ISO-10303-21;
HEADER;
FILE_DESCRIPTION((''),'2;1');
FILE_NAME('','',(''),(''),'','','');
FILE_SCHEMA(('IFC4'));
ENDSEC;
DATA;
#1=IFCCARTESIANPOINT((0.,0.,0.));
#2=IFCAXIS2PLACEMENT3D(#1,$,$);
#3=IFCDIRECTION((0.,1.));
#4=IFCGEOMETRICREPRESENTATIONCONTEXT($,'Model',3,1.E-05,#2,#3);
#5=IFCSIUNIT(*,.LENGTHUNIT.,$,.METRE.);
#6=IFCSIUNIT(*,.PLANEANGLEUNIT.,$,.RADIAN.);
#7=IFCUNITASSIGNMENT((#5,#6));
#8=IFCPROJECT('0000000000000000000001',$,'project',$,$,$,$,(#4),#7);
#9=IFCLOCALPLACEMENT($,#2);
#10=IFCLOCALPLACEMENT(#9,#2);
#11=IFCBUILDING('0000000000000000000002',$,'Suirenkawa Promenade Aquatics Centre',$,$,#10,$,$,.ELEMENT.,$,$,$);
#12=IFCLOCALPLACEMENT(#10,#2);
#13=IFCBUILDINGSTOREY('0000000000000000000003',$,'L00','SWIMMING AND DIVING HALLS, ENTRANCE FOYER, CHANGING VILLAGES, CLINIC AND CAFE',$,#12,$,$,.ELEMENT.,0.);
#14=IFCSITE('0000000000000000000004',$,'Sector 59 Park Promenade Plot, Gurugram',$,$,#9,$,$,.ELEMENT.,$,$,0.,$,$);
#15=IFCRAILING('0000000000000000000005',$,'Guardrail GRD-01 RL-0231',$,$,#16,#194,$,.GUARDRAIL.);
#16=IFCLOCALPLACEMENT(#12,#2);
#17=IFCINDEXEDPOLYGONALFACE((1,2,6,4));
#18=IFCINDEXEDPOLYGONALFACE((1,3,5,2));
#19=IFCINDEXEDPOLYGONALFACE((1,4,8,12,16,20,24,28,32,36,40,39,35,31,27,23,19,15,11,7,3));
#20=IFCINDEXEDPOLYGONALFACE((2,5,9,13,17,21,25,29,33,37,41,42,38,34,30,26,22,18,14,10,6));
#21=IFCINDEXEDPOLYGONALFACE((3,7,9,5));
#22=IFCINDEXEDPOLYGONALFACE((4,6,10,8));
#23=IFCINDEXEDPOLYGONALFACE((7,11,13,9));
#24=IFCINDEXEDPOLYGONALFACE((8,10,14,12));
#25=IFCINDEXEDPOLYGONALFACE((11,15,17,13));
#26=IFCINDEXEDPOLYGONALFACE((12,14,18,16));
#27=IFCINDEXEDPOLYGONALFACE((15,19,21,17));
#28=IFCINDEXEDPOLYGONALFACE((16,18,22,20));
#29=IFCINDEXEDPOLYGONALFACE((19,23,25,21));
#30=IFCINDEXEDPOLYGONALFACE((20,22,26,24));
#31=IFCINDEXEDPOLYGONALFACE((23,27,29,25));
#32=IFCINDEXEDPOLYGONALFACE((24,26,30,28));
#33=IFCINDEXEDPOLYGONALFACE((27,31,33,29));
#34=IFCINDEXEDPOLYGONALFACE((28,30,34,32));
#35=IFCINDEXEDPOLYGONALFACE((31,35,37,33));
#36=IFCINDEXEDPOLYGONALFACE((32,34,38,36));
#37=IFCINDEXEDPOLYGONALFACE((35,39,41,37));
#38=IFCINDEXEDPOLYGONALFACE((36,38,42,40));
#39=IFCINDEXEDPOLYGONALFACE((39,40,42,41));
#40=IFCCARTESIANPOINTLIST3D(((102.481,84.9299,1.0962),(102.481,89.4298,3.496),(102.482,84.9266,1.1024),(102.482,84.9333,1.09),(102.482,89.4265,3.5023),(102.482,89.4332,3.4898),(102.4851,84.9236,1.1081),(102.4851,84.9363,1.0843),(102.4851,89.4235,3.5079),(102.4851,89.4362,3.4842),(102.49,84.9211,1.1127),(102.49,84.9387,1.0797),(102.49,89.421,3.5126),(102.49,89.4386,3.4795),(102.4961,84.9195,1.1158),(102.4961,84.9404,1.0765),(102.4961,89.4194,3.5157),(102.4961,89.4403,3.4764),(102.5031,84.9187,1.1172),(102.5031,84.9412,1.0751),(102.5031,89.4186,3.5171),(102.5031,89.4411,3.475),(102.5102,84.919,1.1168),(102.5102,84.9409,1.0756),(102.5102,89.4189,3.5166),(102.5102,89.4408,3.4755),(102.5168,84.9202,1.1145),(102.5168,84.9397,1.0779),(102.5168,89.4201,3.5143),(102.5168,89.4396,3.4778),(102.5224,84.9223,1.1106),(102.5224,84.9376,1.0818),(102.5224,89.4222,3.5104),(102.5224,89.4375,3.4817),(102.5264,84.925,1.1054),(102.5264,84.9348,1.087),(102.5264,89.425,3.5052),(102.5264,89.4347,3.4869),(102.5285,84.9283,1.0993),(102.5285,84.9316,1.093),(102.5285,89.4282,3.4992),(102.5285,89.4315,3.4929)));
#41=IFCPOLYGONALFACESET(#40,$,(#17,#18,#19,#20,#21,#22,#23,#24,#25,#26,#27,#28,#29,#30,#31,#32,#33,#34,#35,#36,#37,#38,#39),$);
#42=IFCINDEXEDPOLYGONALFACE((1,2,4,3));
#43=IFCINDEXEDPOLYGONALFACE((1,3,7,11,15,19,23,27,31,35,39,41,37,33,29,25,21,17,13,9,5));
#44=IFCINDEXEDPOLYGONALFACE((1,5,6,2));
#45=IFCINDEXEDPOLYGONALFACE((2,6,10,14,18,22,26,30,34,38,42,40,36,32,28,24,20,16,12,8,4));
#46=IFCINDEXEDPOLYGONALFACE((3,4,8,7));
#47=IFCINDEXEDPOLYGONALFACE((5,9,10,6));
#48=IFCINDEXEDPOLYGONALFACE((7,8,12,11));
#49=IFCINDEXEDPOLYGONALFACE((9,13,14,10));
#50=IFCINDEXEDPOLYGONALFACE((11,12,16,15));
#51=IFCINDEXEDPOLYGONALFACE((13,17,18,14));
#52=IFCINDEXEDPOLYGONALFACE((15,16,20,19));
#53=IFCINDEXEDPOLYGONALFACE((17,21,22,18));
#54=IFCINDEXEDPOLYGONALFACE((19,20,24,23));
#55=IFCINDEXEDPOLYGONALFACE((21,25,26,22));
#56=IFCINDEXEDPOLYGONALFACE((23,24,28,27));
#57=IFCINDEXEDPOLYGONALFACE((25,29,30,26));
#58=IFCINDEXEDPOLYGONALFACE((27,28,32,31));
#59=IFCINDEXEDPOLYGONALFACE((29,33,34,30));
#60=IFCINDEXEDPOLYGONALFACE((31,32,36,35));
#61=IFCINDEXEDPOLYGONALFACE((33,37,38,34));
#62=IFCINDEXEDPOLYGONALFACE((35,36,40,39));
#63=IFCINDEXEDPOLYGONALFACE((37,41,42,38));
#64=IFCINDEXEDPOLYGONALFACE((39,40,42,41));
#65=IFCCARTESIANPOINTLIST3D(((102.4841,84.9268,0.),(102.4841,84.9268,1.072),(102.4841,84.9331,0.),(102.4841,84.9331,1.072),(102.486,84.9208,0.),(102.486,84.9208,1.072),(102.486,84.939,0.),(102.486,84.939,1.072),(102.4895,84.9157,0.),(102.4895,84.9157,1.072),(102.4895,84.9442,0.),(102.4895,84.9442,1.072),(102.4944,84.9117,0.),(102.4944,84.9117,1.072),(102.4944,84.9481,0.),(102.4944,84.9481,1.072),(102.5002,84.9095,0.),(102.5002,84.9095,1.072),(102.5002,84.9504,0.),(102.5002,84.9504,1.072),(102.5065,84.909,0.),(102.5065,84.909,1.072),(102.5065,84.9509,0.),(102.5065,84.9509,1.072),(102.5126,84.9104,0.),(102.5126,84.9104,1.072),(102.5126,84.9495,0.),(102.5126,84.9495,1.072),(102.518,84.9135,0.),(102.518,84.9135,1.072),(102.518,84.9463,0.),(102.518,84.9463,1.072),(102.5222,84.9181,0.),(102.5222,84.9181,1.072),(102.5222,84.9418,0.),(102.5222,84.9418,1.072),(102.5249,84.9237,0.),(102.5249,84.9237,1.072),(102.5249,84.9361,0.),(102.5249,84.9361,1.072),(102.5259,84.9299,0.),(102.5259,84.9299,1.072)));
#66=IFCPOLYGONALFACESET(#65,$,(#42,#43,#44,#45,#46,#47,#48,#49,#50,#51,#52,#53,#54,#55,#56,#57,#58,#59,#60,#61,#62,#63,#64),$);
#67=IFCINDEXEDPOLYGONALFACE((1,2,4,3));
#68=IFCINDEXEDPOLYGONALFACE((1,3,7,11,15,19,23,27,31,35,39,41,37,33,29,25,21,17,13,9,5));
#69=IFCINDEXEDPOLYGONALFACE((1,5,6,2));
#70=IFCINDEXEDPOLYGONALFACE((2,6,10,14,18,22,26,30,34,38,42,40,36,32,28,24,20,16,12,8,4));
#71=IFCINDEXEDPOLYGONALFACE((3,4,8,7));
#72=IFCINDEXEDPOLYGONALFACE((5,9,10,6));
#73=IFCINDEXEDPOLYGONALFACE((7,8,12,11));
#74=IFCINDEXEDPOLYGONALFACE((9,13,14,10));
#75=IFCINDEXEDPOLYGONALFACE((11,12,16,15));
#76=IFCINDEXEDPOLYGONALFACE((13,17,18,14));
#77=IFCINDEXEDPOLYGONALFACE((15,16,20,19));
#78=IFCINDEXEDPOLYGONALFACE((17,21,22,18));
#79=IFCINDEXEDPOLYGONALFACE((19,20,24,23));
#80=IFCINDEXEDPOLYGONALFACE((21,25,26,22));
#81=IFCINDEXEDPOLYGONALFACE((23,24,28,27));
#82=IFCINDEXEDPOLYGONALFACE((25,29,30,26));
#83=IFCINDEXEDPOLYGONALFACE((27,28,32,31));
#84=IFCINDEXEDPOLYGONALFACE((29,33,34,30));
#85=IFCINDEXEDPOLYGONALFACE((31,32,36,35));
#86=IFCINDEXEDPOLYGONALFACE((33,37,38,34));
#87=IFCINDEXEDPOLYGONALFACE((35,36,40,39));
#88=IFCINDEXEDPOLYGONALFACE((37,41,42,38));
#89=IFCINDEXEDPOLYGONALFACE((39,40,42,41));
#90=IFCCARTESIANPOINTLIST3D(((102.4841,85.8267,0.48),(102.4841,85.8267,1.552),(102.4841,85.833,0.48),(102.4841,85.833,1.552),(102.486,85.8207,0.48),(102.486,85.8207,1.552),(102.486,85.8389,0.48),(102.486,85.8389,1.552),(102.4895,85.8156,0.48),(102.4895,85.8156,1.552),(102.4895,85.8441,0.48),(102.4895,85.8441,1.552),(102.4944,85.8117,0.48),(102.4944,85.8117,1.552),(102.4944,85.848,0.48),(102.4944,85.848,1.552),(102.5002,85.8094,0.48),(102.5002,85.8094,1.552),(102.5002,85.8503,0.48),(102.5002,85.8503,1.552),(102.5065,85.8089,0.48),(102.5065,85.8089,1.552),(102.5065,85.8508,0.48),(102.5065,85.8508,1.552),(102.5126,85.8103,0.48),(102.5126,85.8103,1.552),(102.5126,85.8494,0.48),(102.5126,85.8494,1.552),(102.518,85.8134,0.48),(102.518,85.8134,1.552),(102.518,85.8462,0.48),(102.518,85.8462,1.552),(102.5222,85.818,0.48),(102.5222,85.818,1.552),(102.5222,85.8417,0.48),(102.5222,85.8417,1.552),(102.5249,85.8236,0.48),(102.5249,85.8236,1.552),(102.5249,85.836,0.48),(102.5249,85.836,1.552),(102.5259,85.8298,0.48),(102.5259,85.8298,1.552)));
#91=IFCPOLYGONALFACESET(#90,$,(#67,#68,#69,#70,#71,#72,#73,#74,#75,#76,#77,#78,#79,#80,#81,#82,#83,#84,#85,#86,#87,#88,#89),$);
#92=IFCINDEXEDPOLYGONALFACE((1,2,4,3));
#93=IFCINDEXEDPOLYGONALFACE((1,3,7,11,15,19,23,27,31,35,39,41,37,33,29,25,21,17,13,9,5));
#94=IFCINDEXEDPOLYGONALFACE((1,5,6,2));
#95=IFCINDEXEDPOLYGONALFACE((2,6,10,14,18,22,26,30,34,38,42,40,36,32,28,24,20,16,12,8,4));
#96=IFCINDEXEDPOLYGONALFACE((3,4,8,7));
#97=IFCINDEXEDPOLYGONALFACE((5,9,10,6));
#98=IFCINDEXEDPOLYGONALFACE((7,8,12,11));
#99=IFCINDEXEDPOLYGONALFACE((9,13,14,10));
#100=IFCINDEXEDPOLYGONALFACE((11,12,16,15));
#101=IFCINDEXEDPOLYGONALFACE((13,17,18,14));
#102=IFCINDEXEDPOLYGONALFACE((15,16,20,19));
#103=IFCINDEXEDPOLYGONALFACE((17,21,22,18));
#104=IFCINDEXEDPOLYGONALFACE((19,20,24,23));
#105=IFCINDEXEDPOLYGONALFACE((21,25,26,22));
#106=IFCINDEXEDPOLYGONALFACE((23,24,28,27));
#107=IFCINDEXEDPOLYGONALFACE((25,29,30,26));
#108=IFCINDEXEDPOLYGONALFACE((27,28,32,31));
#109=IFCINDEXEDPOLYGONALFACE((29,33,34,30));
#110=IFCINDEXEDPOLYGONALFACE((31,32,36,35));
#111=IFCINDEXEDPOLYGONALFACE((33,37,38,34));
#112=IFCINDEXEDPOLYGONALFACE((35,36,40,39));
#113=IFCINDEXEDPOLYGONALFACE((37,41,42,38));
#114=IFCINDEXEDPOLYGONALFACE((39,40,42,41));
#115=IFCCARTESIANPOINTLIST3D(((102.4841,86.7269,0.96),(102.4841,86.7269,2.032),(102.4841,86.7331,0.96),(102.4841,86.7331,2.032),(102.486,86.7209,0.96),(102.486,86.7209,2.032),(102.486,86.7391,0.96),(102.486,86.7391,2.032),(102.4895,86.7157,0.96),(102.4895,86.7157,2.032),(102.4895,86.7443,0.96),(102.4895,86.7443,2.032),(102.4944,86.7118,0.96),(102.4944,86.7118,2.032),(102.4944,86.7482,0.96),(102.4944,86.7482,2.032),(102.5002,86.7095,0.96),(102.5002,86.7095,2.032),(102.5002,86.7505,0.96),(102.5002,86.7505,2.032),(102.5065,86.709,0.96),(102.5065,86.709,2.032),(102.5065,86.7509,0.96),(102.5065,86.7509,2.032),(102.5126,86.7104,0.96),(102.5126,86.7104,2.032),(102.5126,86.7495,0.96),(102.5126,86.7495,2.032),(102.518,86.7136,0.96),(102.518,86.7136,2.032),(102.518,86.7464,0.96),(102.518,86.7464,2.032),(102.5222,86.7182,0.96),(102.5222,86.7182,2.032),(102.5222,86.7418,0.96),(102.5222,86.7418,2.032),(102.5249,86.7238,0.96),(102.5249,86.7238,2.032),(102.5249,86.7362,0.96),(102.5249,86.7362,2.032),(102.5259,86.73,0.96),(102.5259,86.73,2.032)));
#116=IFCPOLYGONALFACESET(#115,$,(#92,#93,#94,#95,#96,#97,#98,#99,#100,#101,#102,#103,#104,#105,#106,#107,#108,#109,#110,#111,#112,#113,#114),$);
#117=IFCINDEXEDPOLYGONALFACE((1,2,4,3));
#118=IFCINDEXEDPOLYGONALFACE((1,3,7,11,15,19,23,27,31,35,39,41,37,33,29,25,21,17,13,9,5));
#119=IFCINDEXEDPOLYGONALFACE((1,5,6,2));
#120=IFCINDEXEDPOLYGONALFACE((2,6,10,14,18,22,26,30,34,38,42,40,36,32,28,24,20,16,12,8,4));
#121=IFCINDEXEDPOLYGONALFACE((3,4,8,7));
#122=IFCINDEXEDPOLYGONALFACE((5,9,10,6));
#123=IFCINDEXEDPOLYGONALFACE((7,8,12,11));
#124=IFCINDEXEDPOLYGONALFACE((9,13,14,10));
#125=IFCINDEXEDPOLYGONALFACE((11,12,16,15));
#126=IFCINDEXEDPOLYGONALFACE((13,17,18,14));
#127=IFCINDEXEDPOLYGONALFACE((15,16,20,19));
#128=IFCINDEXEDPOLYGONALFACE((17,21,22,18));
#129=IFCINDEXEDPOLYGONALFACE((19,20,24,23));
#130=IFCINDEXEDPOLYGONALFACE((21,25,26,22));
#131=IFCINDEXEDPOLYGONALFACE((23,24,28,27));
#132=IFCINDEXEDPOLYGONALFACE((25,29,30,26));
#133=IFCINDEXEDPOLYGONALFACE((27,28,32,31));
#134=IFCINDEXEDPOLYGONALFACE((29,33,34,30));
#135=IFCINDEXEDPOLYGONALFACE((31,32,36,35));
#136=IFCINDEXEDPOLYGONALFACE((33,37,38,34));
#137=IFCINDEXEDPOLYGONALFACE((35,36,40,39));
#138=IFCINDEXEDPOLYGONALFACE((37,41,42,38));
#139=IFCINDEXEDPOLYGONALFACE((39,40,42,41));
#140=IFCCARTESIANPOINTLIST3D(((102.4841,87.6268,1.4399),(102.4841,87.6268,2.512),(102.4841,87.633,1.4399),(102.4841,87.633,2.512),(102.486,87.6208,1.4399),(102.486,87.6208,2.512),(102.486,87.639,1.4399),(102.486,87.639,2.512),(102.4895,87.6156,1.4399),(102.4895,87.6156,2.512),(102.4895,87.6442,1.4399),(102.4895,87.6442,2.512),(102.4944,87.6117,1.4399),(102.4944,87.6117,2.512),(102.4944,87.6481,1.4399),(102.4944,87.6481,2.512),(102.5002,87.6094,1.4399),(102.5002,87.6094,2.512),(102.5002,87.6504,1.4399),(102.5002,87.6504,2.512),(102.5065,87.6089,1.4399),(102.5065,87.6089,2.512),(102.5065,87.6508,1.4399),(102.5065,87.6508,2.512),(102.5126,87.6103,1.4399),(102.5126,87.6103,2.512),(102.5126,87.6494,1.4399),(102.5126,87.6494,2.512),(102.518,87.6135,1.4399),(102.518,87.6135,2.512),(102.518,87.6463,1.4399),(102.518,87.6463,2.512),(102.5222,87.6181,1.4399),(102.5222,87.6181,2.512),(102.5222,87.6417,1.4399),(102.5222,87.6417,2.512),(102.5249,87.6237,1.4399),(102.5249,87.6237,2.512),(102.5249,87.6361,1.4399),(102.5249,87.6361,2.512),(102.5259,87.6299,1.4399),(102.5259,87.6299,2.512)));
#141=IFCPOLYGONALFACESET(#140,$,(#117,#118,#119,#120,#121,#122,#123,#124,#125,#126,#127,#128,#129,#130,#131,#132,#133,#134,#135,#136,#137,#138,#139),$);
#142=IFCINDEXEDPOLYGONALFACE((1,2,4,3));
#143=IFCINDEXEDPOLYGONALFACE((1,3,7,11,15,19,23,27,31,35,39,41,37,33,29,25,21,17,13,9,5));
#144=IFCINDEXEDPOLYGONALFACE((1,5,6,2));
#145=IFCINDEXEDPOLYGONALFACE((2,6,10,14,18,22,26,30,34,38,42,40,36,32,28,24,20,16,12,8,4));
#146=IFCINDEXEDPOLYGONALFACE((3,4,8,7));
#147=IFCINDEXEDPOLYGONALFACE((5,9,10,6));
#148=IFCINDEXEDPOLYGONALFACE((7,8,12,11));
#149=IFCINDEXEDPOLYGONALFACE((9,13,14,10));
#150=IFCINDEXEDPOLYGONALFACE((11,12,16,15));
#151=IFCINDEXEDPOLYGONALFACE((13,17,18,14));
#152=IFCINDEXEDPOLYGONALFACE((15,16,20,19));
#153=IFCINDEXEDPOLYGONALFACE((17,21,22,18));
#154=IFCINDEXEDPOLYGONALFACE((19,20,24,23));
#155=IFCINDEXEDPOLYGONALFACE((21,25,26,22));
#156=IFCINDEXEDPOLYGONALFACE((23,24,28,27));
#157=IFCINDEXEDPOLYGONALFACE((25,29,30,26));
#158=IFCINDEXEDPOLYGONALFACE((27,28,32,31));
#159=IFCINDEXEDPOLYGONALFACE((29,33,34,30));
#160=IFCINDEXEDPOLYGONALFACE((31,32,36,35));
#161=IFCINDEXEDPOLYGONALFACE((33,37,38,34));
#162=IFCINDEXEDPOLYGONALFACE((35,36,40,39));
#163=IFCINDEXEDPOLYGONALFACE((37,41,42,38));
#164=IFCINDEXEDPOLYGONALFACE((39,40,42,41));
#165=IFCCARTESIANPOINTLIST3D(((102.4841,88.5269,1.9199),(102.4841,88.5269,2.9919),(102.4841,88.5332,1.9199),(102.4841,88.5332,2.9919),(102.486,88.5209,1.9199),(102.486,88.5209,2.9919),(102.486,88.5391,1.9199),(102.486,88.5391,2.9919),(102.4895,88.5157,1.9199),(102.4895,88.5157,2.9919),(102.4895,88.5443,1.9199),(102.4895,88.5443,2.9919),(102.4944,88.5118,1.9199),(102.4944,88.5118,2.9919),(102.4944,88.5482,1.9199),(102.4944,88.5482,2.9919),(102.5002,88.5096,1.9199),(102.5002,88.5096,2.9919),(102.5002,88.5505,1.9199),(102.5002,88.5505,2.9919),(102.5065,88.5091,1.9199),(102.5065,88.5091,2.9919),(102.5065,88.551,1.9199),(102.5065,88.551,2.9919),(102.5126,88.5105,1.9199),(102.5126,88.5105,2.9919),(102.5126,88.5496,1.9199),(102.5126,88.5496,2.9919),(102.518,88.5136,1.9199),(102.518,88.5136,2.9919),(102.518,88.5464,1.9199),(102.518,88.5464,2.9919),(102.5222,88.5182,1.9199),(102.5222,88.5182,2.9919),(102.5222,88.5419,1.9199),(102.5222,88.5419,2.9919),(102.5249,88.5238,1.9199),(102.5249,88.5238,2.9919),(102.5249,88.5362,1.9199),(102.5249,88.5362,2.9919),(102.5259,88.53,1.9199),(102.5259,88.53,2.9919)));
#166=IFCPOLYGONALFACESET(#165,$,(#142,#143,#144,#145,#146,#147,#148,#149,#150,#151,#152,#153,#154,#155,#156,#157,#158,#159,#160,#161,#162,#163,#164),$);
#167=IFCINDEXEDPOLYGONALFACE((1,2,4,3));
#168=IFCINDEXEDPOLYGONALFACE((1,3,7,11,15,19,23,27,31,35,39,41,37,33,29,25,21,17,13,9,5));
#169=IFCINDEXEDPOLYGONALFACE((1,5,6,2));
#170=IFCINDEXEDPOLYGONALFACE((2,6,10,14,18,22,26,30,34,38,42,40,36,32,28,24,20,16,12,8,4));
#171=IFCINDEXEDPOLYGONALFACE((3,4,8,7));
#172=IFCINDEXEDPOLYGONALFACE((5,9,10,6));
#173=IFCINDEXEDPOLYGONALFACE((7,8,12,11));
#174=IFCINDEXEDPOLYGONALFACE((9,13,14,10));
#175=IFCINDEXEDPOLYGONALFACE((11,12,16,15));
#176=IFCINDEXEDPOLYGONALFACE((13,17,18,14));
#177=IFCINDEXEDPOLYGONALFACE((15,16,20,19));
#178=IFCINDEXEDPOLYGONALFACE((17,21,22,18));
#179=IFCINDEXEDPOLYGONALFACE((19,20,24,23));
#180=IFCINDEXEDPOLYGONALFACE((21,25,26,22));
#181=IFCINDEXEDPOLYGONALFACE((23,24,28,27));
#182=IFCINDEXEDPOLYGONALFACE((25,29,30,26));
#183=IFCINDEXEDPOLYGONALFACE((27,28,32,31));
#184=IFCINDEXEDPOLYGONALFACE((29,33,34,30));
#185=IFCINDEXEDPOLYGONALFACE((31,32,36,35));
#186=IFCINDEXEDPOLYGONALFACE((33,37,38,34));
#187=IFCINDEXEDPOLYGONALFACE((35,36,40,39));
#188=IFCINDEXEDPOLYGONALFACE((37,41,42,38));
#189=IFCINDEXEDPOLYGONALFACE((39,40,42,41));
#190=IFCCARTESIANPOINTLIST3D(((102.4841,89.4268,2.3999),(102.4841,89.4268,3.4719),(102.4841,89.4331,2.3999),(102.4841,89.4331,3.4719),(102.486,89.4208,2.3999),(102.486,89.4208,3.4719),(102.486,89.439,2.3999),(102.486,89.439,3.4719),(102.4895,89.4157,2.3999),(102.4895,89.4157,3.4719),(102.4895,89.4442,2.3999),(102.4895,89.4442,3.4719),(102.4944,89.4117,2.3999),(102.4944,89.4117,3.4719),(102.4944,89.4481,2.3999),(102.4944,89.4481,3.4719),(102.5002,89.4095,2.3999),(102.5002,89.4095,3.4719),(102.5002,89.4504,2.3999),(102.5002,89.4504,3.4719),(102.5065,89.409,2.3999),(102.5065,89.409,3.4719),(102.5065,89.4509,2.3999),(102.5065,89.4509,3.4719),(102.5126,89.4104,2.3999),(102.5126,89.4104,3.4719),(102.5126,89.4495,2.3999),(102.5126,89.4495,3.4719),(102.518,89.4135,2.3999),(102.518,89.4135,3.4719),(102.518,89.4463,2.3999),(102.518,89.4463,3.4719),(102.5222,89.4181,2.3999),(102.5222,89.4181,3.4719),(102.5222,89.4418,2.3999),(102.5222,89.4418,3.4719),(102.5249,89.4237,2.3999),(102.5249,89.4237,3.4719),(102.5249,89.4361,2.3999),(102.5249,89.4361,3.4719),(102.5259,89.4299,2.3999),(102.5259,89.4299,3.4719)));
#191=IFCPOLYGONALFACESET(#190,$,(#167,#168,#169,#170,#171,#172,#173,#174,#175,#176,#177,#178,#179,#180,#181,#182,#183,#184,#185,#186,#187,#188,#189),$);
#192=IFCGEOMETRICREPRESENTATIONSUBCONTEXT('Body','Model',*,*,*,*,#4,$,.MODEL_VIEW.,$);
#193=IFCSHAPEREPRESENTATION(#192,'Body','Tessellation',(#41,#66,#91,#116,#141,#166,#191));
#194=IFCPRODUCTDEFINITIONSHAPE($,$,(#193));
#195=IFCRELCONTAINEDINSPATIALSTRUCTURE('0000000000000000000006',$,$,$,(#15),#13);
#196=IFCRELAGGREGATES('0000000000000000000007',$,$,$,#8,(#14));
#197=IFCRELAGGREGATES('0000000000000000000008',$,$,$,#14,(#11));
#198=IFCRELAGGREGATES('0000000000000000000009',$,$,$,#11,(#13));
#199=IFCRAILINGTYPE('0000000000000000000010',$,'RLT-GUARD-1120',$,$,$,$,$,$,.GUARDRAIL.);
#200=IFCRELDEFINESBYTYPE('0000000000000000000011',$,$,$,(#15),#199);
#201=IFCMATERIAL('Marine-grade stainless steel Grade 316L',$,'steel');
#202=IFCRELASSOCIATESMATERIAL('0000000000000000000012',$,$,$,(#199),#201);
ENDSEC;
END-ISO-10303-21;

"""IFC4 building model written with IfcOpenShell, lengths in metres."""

from ifc_helpers import new_model, si_unit, direction, frame, origin, origin_2d, place, context, subcontext, project, spatial, circle, extrude, material, type_object, element, save


model = new_model("IFC4")

# Units and contexts
model_context = context("Model", 3, precision=1e-05, world=origin(), true_north=direction((0.0, 1.0)))
body_context = subcontext(model_context, "Body", "Model", "MODEL_VIEW")
ifc_project = project(units=[si_unit("LENGTHUNIT", "METRE"), si_unit("PLANEANGLEUNIT", "RADIAN")], contexts=[model_context])

# Site, building, storey
site_placement = place(None, origin())
site = spatial("IfcSite", under=ifc_project, at=site_placement, Name="Sector 59 Park Promenade Plot, Gurugram", CompositionType="ELEMENT", RefElevation=0.0)
building_placement = place(site_placement, origin())
building = spatial("IfcBuilding", under=site, at=building_placement, Name="Suirenkawa Promenade Aquatics Centre", CompositionType="ELEMENT")
storey_placement = place(building_placement, origin())
storey = spatial("IfcBuildingStorey", under=building, at=storey_placement, Name="L00", Description="SWIMMING AND DIVING HALLS, ENTRANCE FOYER, CHANGING VILLAGES, CLINIC AND CAFE", CompositionType="ELEMENT", Elevation=0.0)

# Railing
ifc_material_1 = material(Name="Marine-grade stainless steel Grade 316L", Category="steel")
railing_type_1 = type_object("IfcRailingType", Name="RLT-GUARD-1120", PredefinedType="GUARDRAIL", material=ifc_material_1)
for number, where, name in (
    (1, (102.5049, 84.9299, 0.0), "Guardrail GRD-01 RL-0231"),
):
    element("IfcRailing", number, at=place(storey_placement, frame(where)), inside=storey, type_object=railing_type_1, Name=name, PredefinedType="GUARDRAIL", context=body_context, shape_type="SweptSolid", body=[
        extrude(circle(Radius=0.0239, at=origin_2d()), frame((0.0, 0.0, 1.0962), z_axis=(0.0, 0.882361, 0.470573), x_axis=(-1.0, 0.0, 0.0)), (0.0, 0.0, 1.0), 5.0999),
        extrude(circle(Radius=0.021, at=origin_2d()), origin(), (0.0, 0.0, 1.0), 1.072),
        extrude(circle(Radius=0.021, at=origin_2d()), frame((0.0, 0.8999, 0.48)), (0.0, 0.0, 1.0), 1.072),
        extrude(circle(Radius=0.021, at=origin_2d()), frame((0.0, 1.8, 0.96)), (0.0, 0.0, 1.0), 1.072),
        extrude(circle(Radius=0.021, at=origin_2d()), frame((0.0, 2.7, 1.4399)), (0.0, 0.0, 1.0), 1.072),
        extrude(circle(Radius=0.021, at=origin_2d()), frame((0.0, 3.6001, 1.9199)), (0.0, 0.0, 1.0), 1.072),
        extrude(circle(Radius=0.021, at=origin_2d()), frame((0.0, 4.5, 2.3999)), (0.0, 0.0, 1.0), 1.072),
    ])

save(model, "model.ifc")
